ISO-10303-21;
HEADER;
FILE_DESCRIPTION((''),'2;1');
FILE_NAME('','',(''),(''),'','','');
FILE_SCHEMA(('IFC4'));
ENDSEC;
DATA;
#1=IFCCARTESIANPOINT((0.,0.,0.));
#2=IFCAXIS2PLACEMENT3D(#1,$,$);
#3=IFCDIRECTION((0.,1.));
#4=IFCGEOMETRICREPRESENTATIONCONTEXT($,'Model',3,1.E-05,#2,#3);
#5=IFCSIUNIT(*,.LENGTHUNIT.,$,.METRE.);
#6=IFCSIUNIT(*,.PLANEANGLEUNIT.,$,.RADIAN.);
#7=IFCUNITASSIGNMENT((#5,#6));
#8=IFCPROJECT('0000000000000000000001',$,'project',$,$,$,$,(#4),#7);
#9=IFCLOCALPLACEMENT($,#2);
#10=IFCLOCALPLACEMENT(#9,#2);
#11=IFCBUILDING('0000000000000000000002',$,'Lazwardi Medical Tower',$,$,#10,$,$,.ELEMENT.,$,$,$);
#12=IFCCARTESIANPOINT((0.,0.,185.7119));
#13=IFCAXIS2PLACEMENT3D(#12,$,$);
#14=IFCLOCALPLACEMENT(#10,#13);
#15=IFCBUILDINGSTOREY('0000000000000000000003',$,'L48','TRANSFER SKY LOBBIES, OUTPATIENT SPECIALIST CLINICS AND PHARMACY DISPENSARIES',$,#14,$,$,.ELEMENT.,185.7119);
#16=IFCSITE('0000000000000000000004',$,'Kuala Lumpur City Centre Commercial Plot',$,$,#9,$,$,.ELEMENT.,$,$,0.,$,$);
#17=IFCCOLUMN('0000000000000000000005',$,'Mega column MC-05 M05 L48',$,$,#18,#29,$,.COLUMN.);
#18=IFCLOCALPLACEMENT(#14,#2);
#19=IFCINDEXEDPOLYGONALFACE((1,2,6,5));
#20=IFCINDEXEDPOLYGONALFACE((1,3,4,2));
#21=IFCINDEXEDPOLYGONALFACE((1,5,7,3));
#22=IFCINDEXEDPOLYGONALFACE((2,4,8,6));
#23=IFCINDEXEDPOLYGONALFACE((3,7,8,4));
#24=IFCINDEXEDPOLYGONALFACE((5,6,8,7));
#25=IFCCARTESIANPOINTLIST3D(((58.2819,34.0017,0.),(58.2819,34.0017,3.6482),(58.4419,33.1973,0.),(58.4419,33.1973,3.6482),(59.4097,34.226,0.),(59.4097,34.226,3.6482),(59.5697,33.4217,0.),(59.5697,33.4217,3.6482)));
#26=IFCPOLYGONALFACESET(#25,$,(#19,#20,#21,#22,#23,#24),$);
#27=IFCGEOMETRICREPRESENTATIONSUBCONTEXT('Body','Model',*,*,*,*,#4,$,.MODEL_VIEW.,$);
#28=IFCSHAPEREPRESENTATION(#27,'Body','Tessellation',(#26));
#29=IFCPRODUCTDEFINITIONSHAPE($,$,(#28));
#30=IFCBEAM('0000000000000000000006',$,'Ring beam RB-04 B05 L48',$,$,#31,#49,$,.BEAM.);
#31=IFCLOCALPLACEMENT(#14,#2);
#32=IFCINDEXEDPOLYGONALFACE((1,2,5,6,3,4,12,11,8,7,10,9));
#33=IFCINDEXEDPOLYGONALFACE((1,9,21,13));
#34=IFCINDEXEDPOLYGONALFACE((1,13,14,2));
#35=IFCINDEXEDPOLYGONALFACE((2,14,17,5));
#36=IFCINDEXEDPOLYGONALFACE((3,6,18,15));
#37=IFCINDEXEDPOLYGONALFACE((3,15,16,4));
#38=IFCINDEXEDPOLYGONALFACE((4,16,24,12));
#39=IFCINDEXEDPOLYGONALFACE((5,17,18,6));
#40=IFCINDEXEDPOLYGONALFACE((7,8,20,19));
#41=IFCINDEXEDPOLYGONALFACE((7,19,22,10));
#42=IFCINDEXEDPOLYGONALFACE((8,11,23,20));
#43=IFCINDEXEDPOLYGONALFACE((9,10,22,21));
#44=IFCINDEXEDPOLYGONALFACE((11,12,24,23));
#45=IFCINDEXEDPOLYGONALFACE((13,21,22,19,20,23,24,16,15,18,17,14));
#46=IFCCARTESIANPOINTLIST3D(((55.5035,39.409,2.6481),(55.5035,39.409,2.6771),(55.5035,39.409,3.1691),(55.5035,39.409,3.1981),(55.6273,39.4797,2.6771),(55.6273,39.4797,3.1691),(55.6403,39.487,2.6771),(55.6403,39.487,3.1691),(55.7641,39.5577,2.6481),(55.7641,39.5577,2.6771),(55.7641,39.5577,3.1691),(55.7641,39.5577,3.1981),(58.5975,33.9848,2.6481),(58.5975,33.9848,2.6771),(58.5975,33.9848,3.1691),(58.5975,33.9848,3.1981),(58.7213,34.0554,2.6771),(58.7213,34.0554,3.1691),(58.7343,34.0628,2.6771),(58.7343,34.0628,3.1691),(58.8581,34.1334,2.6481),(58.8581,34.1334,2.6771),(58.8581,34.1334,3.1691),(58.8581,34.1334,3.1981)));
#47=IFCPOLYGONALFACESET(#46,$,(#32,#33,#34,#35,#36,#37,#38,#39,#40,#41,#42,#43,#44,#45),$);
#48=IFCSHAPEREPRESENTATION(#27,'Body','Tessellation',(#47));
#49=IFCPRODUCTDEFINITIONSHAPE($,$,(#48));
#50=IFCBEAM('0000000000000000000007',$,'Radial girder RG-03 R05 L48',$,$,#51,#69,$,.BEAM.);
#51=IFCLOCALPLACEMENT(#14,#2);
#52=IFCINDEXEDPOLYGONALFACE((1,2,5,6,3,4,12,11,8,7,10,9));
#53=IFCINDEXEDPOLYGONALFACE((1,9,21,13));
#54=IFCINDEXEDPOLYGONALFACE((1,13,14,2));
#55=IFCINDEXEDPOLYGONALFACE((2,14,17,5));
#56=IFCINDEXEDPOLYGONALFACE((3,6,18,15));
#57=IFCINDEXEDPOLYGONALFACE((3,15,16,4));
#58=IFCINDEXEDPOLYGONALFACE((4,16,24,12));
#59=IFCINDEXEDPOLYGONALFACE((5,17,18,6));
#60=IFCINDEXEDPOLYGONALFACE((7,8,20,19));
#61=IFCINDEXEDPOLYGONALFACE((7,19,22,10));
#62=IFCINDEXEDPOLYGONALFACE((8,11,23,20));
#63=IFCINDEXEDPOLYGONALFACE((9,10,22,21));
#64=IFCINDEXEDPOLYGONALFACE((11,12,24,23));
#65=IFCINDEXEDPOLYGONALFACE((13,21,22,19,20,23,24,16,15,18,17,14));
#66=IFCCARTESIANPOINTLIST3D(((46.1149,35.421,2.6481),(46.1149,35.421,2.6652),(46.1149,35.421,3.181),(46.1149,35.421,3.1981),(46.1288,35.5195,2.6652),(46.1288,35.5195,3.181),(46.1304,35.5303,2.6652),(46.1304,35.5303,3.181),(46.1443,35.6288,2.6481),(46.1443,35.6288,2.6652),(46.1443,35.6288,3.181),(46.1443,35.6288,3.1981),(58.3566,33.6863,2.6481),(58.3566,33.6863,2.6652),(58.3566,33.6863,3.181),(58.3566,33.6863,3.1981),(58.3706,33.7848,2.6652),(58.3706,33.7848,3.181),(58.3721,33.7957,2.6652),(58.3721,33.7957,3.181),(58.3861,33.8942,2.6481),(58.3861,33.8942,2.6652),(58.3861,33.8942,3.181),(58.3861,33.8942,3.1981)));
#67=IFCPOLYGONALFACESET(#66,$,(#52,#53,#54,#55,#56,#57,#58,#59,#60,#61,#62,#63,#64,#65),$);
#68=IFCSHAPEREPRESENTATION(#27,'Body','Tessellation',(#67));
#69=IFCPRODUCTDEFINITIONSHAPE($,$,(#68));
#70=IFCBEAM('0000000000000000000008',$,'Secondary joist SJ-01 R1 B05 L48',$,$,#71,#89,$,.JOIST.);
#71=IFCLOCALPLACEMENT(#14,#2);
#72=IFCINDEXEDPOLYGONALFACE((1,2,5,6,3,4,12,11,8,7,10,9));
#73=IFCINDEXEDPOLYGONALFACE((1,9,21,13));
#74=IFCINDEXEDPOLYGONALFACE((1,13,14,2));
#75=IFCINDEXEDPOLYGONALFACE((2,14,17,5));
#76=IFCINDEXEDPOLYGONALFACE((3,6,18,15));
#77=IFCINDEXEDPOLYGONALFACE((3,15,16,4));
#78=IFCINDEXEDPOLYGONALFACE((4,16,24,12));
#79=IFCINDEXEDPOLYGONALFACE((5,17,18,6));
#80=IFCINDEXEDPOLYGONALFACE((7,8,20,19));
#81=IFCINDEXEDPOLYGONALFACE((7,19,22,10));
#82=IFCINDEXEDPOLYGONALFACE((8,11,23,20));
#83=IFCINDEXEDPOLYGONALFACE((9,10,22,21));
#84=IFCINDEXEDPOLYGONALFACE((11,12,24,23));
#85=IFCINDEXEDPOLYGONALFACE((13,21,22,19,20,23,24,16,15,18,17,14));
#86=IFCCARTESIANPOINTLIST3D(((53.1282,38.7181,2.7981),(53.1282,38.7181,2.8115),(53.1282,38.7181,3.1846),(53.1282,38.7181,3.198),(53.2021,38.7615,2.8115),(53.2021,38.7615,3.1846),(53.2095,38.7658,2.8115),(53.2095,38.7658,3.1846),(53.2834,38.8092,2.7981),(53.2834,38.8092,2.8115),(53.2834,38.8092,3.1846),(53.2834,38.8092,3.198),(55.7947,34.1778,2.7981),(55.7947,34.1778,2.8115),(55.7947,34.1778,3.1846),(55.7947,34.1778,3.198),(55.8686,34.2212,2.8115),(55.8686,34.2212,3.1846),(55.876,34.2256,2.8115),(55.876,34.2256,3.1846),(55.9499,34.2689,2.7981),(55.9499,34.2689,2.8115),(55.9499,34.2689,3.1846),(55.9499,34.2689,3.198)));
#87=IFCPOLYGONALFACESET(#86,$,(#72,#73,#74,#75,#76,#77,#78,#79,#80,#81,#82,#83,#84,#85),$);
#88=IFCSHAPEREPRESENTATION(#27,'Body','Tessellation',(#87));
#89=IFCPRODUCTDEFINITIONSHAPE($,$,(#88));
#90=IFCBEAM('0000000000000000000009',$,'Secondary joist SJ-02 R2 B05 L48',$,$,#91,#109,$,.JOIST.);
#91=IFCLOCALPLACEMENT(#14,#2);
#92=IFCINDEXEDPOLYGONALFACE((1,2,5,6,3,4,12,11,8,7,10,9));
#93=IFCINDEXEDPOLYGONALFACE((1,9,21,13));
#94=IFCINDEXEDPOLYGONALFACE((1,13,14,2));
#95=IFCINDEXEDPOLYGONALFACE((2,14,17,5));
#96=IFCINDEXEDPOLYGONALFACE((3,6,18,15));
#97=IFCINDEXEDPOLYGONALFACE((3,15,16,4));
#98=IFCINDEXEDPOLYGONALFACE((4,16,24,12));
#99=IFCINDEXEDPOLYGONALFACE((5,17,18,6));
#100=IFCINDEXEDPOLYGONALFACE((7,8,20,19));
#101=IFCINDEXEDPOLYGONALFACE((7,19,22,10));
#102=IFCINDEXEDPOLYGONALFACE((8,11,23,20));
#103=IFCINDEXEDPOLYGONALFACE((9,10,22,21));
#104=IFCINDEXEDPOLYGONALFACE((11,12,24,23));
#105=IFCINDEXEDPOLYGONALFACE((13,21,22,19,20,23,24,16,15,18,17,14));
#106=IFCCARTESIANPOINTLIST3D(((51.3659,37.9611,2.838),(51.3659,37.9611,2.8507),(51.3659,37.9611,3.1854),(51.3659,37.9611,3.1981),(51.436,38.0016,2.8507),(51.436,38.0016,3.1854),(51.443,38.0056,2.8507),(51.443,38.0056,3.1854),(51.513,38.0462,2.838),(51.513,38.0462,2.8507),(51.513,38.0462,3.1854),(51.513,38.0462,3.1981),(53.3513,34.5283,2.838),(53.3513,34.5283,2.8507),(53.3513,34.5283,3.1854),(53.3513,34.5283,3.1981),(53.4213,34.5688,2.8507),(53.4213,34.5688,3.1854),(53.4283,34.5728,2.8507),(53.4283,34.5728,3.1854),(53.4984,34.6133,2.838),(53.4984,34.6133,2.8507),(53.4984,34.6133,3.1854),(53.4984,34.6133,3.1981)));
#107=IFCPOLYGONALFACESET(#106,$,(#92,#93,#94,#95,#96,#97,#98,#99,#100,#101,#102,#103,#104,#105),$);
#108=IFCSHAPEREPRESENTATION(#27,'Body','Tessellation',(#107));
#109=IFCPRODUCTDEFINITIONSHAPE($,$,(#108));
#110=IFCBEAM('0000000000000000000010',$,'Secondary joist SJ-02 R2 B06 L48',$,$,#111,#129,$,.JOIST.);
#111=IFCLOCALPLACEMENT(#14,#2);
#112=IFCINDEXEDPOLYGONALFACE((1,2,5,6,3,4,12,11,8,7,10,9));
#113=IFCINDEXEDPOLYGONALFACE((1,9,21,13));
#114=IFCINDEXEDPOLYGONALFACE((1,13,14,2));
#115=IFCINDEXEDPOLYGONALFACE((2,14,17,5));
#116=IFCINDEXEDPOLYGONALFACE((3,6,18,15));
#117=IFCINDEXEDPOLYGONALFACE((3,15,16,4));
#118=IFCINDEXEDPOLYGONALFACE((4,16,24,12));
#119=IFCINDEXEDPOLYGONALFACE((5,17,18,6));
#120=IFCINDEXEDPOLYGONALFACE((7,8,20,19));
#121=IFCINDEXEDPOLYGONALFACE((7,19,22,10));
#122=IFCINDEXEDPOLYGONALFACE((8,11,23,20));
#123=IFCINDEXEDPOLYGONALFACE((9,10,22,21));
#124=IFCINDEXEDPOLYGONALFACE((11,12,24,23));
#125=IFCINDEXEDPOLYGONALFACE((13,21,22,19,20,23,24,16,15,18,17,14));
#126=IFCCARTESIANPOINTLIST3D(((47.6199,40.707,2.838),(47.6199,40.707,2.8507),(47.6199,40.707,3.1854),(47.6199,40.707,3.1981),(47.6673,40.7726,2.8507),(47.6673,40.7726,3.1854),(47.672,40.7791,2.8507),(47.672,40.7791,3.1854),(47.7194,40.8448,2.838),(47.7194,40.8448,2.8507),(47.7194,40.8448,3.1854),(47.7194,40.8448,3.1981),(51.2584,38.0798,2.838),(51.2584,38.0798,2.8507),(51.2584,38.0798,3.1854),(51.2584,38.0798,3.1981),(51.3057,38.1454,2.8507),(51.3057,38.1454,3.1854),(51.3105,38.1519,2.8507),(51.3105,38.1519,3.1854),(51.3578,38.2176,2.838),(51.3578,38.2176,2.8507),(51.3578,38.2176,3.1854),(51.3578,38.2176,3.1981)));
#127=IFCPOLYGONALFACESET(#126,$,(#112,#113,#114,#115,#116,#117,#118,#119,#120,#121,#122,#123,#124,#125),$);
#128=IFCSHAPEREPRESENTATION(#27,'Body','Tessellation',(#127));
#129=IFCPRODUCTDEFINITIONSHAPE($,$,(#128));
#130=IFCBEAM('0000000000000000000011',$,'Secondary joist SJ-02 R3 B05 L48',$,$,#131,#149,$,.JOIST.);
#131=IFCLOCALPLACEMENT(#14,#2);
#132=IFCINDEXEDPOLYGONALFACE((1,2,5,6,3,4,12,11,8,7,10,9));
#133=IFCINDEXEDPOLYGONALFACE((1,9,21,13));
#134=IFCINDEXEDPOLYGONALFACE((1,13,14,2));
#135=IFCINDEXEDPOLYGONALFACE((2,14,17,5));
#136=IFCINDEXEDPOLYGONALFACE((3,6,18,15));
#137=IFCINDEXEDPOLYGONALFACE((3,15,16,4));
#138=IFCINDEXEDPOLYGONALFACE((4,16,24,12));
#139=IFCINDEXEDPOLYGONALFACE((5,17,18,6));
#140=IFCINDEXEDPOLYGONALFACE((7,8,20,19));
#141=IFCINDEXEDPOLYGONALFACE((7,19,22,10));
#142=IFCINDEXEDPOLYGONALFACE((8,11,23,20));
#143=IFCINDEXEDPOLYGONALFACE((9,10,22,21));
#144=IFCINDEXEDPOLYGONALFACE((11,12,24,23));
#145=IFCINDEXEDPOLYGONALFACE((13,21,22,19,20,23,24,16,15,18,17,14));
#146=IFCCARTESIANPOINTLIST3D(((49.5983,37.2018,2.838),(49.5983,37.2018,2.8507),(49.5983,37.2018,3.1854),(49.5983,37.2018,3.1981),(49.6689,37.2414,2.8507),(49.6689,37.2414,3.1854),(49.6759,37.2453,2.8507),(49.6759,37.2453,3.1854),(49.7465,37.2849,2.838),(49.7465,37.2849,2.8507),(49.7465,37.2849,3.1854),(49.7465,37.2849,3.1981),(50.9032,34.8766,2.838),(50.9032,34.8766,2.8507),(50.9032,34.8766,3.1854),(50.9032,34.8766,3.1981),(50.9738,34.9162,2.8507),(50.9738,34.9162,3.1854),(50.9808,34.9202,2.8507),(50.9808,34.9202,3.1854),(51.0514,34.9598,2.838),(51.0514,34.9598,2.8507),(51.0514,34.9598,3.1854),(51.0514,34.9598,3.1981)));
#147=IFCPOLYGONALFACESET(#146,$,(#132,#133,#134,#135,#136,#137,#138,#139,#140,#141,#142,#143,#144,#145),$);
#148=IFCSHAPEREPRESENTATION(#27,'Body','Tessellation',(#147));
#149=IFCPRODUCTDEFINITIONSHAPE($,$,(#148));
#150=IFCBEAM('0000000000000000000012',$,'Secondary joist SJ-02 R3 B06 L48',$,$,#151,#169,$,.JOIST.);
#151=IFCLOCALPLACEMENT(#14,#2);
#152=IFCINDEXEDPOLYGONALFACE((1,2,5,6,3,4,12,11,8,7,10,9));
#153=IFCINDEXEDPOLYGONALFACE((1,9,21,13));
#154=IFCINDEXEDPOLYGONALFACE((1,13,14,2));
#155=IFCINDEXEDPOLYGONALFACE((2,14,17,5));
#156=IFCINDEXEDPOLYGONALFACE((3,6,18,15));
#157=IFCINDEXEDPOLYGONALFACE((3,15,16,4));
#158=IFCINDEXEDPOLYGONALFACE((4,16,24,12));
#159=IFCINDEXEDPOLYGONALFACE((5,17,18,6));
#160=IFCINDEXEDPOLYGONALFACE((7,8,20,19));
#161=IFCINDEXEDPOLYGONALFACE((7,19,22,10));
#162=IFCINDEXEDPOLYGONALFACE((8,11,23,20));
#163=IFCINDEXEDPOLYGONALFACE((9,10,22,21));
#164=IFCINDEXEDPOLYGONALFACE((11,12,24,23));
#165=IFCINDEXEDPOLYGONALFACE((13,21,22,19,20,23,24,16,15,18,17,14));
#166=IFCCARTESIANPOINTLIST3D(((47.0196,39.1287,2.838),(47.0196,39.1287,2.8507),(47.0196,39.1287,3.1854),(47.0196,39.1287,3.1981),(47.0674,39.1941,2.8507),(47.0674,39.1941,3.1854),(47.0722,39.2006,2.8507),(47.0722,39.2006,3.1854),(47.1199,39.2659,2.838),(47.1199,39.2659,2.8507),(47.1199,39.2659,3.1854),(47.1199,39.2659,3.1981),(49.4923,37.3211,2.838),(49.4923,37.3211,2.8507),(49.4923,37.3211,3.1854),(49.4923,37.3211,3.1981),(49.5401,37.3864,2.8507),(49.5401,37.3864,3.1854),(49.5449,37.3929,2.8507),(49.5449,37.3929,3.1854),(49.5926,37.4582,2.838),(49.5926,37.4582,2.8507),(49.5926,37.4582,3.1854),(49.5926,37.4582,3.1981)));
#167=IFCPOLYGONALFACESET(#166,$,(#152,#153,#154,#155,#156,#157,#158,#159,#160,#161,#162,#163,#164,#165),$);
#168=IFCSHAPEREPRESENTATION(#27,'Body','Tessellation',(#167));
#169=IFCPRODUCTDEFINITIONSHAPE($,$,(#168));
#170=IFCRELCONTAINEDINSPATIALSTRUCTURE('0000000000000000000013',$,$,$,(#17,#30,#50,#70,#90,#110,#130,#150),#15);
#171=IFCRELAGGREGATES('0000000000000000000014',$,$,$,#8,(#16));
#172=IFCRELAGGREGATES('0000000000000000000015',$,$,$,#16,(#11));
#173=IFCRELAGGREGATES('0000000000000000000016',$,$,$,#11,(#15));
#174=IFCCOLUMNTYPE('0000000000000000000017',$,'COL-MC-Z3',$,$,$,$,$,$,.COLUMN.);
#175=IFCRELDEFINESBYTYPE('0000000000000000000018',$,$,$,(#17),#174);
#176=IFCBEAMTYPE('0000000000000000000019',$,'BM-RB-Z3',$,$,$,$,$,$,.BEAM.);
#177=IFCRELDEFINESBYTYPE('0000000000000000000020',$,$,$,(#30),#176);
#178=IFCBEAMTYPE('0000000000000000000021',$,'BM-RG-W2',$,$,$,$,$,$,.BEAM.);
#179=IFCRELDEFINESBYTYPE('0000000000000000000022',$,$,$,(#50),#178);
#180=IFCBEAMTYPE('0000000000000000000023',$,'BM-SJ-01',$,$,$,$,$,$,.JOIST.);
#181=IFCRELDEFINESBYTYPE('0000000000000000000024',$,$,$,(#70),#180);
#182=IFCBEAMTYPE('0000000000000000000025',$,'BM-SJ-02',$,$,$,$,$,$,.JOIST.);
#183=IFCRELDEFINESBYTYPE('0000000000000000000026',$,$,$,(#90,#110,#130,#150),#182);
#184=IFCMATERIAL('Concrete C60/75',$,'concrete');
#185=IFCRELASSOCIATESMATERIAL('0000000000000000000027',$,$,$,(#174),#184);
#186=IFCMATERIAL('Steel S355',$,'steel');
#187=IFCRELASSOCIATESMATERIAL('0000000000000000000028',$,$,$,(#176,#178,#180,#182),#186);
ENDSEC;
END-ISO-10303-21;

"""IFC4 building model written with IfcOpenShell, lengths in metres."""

from ifc_helpers import new_model, si_unit, direction, frame, origin, origin_2d, place, context, subcontext, project, spatial, rectangle, i_section, extrude, material, material_profile, profile_set, type_object, element, save


model = new_model("IFC4")

# Units and contexts
model_context = context("Model", 3, precision=1e-05, world=origin(), true_north=direction((0.0, 1.0)))
body_context = subcontext(model_context, "Body", "Model", "MODEL_VIEW")
ifc_project = project(units=[si_unit("LENGTHUNIT", "METRE"), si_unit("PLANEANGLEUNIT", "RADIAN")], contexts=[model_context])

# Site, building, storey
site_placement = place(None, origin())
site = spatial("IfcSite", under=ifc_project, at=site_placement, Name="Kuala Lumpur City Centre Commercial Plot", CompositionType="ELEMENT", RefElevation=0.0)
building_placement = place(site_placement, origin())
building = spatial("IfcBuilding", under=site, at=building_placement, Name="Lazwardi Medical Tower", CompositionType="ELEMENT")
storey_placement = place(building_placement, frame((0.0, 0.0, 185.7119)))
storey = spatial("IfcBuildingStorey", under=building, at=storey_placement, Name="L48", Description="TRANSFER SKY LOBBIES, OUTPATIENT SPECIALIST CLINICS AND PHARMACY DISPENSARIES", CompositionType="ELEMENT", Elevation=185.7119)

# Column
ifc_material_1 = material(Name="Concrete C60/75", Category="concrete")
ifc_material_profile_1 = material_profile(ifc_material_1, rectangle(XDim=1.1499, YDim=0.8201, at=origin_2d()), Name="CFT-RECT 1150x820")
ifc_profile_set_1 = profile_set([ifc_material_profile_1], Name="Concrete C60/75")
column_type = type_object("IfcColumnType", Name="COL-MC-Z3", PredefinedType="COLUMN", material=ifc_profile_set_1)
column_placement = place(storey_placement, frame((58.9258, 33.7117, 0.0), z_axis=(0.0, 0.0, 1.0), x_axis=(0.980785, 0.19509, 0.0)))
element("IfcColumn", 1, at=column_placement, inside=storey, type_object=column_type, Name="Mega column MC-05 M05 L48", PredefinedType="COLUMN", context=body_context, shape_type="SweptSolid", body=[
    extrude(rectangle(XDim=1.1499, YDim=0.8201, at=origin_2d()), origin(), (0.0, 0.0, 1.0), 3.6482),
])

# Beams
ifc_material_2 = material(Name="Steel S355", Category="steel")
ifc_material_profile_2 = material_profile(ifc_material_2, i_section(OverallWidth=0.3, OverallDepth=0.55, WebThickness=0.0149, FlangeThickness=0.0291, at=origin_2d()), Name="HEB 550")
ifc_profile_set_2 = profile_set([ifc_material_profile_2], Name="Steel S355")
beam_type_1 = type_object("IfcBeamType", Name="BM-RB-Z3", PredefinedType="BEAM", material=ifc_profile_set_2)
beam_1_placement = place(storey_placement, frame((58.7278, 34.0591, 2.9231), z_axis=(-0.495461, 0.86863, 0.0), x_axis=(-0.86863, -0.495461, 0.0)))
element("IfcBeam", 2, at=beam_1_placement, inside=storey, type_object=beam_type_1, Name="Ring beam RB-04 B05 L48", PredefinedType="BEAM", context=body_context, shape_type="SweptSolid", body=[
    extrude(i_section(OverallWidth=0.3, OverallDepth=0.55, WebThickness=0.0149, FlangeThickness=0.0291, at=origin_2d()), origin(), (0.0, 0.0, 1.0), 6.2446),
])
ifc_material_profile_3 = material_profile(ifc_material_2, i_section(OverallWidth=0.21, OverallDepth=0.55, WebThickness=0.011, FlangeThickness=0.0171, at=origin_2d()), Name="IPE 550")
ifc_profile_set_3 = profile_set([ifc_material_profile_3], Name="Steel S355")
beam_type_2 = type_object("IfcBeamType", Name="BM-RG-W2", PredefinedType="BEAM", material=ifc_profile_set_3)
beam_2_placement = place(storey_placement, frame((58.3713, 33.7903, 2.9231), z_axis=(-0.99011, 0.140296, 0.0), x_axis=(-0.140296, -0.99011, 0.0)))
element("IfcBeam", 3, at=beam_2_placement, inside=storey, type_object=beam_type_2, Name="Radial girder RG-03 R05 L48", PredefinedType="BEAM", context=body_context, shape_type="SweptSolid", body=[
    extrude(i_section(OverallWidth=0.21, OverallDepth=0.55, WebThickness=0.011, FlangeThickness=0.0171, at=origin_2d()), origin(), (0.0, 0.0, 1.0), 12.364),
])
ifc_material_profile_4 = material_profile(ifc_material_2, i_section(OverallWidth=0.1799, OverallDepth=0.3999, WebThickness=0.0085, FlangeThickness=0.0134, at=origin_2d()), Name="IPE 400")
ifc_profile_set_4 = profile_set([ifc_material_profile_4], Name="Steel S355")
beam_type_3 = type_object("IfcBeamType", Name="BM-SJ-01", PredefinedType="JOIST", material=ifc_profile_set_4)
beam_3_placement = place(storey_placement, frame((55.8723, 34.2234, 2.998), z_axis=(-0.50642, 0.862287, 0.0), x_axis=(-0.862287, -0.50642, 0.0)))
element("IfcBeam", 4, at=beam_3_placement, inside=storey, type_object=beam_type_3, Name="Secondary joist SJ-01 R1 B05 L48", PredefinedType="JOIST", context=body_context, shape_type="SweptSolid", body=[
    extrude(i_section(OverallWidth=0.1799, OverallDepth=0.3999, WebThickness=0.0085, FlangeThickness=0.0134, at=origin_2d()), origin(), (0.0, 0.0, 1.0), 5.2654),
])
ifc_material_profile_5 = material_profile(ifc_material_2, i_section(OverallWidth=0.1699, OverallDepth=0.3601, WebThickness=0.0081, FlangeThickness=0.0127, at=origin_2d()), Name="IPE 360")
ifc_profile_set_5 = profile_set([ifc_material_profile_5], Name="Steel S355")
beam_type_4 = type_object("IfcBeamType", Name="BM-SJ-02", PredefinedType="JOIST", material=ifc_profile_set_5)
beam_4_placement = place(storey_placement, frame((53.4248, 34.5708, 3.0181), z_axis=(-0.500641, 0.865655, 0.0), x_axis=(-0.865655, -0.500641, 0.0)))
element("IfcBeam", 5, at=beam_4_placement, inside=storey, type_object=beam_type_4, Name="Secondary joist SJ-02 R2 B05 L48", PredefinedType="JOIST", context=body_context, shape_type="SweptSolid", body=[
    extrude(i_section(OverallWidth=0.1699, OverallDepth=0.3601, WebThickness=0.0081, FlangeThickness=0.0127, at=origin_2d()), origin(), (0.0, 0.0, 1.0), 3.9656),
])
beam_5_placement = place(storey_placement, frame((51.3081, 38.1487, 3.0181), z_axis=(-0.810738, 0.585409, 0.0), x_axis=(-0.585409, -0.810738, 0.0)))
element("IfcBeam", 6, at=beam_5_placement, inside=storey, type_object=beam_type_4, Name="Secondary joist SJ-02 R2 B06 L48", PredefinedType="JOIST", context=body_context, shape_type="SweptSolid", body=[
    extrude(i_section(OverallWidth=0.1699, OverallDepth=0.3601, WebThickness=0.0081, FlangeThickness=0.0127, at=origin_2d()), origin(), (0.0, 0.0, 1.0), 4.4878),
])
beam_6_placement = place(storey_placement, frame((50.9773, 34.9182, 3.0181), z_axis=(-0.489409, 0.872054, 0.0), x_axis=(-0.872054, -0.489409, 0.0)))
element("IfcBeam", 7, at=beam_6_placement, inside=storey, type_object=beam_type_4, Name="Secondary joist SJ-02 R3 B05 L48", PredefinedType="JOIST", context=body_context, shape_type="SweptSolid", body=[
    extrude(i_section(OverallWidth=0.1699, OverallDepth=0.3601, WebThickness=0.0081, FlangeThickness=0.0127, at=origin_2d()), origin(), (0.0, 0.0, 1.0), 2.6663),
])
beam_7_placement = place(storey_placement, frame((49.5425, 37.3896, 3.0181), z_axis=(-0.807286, 0.59016, 0.0), x_axis=(-0.59016, -0.807286, 0.0)))
element("IfcBeam", 8, at=beam_7_placement, inside=storey, type_object=beam_type_4, Name="Secondary joist SJ-02 R3 B06 L48", PredefinedType="JOIST", context=body_context, shape_type="SweptSolid", body=[
    extrude(i_section(OverallWidth=0.1699, OverallDepth=0.3601, WebThickness=0.0081, FlangeThickness=0.0127, at=origin_2d()), origin(), (0.0, 0.0, 1.0), 3.063),
])

save(model, "model.ifc")
